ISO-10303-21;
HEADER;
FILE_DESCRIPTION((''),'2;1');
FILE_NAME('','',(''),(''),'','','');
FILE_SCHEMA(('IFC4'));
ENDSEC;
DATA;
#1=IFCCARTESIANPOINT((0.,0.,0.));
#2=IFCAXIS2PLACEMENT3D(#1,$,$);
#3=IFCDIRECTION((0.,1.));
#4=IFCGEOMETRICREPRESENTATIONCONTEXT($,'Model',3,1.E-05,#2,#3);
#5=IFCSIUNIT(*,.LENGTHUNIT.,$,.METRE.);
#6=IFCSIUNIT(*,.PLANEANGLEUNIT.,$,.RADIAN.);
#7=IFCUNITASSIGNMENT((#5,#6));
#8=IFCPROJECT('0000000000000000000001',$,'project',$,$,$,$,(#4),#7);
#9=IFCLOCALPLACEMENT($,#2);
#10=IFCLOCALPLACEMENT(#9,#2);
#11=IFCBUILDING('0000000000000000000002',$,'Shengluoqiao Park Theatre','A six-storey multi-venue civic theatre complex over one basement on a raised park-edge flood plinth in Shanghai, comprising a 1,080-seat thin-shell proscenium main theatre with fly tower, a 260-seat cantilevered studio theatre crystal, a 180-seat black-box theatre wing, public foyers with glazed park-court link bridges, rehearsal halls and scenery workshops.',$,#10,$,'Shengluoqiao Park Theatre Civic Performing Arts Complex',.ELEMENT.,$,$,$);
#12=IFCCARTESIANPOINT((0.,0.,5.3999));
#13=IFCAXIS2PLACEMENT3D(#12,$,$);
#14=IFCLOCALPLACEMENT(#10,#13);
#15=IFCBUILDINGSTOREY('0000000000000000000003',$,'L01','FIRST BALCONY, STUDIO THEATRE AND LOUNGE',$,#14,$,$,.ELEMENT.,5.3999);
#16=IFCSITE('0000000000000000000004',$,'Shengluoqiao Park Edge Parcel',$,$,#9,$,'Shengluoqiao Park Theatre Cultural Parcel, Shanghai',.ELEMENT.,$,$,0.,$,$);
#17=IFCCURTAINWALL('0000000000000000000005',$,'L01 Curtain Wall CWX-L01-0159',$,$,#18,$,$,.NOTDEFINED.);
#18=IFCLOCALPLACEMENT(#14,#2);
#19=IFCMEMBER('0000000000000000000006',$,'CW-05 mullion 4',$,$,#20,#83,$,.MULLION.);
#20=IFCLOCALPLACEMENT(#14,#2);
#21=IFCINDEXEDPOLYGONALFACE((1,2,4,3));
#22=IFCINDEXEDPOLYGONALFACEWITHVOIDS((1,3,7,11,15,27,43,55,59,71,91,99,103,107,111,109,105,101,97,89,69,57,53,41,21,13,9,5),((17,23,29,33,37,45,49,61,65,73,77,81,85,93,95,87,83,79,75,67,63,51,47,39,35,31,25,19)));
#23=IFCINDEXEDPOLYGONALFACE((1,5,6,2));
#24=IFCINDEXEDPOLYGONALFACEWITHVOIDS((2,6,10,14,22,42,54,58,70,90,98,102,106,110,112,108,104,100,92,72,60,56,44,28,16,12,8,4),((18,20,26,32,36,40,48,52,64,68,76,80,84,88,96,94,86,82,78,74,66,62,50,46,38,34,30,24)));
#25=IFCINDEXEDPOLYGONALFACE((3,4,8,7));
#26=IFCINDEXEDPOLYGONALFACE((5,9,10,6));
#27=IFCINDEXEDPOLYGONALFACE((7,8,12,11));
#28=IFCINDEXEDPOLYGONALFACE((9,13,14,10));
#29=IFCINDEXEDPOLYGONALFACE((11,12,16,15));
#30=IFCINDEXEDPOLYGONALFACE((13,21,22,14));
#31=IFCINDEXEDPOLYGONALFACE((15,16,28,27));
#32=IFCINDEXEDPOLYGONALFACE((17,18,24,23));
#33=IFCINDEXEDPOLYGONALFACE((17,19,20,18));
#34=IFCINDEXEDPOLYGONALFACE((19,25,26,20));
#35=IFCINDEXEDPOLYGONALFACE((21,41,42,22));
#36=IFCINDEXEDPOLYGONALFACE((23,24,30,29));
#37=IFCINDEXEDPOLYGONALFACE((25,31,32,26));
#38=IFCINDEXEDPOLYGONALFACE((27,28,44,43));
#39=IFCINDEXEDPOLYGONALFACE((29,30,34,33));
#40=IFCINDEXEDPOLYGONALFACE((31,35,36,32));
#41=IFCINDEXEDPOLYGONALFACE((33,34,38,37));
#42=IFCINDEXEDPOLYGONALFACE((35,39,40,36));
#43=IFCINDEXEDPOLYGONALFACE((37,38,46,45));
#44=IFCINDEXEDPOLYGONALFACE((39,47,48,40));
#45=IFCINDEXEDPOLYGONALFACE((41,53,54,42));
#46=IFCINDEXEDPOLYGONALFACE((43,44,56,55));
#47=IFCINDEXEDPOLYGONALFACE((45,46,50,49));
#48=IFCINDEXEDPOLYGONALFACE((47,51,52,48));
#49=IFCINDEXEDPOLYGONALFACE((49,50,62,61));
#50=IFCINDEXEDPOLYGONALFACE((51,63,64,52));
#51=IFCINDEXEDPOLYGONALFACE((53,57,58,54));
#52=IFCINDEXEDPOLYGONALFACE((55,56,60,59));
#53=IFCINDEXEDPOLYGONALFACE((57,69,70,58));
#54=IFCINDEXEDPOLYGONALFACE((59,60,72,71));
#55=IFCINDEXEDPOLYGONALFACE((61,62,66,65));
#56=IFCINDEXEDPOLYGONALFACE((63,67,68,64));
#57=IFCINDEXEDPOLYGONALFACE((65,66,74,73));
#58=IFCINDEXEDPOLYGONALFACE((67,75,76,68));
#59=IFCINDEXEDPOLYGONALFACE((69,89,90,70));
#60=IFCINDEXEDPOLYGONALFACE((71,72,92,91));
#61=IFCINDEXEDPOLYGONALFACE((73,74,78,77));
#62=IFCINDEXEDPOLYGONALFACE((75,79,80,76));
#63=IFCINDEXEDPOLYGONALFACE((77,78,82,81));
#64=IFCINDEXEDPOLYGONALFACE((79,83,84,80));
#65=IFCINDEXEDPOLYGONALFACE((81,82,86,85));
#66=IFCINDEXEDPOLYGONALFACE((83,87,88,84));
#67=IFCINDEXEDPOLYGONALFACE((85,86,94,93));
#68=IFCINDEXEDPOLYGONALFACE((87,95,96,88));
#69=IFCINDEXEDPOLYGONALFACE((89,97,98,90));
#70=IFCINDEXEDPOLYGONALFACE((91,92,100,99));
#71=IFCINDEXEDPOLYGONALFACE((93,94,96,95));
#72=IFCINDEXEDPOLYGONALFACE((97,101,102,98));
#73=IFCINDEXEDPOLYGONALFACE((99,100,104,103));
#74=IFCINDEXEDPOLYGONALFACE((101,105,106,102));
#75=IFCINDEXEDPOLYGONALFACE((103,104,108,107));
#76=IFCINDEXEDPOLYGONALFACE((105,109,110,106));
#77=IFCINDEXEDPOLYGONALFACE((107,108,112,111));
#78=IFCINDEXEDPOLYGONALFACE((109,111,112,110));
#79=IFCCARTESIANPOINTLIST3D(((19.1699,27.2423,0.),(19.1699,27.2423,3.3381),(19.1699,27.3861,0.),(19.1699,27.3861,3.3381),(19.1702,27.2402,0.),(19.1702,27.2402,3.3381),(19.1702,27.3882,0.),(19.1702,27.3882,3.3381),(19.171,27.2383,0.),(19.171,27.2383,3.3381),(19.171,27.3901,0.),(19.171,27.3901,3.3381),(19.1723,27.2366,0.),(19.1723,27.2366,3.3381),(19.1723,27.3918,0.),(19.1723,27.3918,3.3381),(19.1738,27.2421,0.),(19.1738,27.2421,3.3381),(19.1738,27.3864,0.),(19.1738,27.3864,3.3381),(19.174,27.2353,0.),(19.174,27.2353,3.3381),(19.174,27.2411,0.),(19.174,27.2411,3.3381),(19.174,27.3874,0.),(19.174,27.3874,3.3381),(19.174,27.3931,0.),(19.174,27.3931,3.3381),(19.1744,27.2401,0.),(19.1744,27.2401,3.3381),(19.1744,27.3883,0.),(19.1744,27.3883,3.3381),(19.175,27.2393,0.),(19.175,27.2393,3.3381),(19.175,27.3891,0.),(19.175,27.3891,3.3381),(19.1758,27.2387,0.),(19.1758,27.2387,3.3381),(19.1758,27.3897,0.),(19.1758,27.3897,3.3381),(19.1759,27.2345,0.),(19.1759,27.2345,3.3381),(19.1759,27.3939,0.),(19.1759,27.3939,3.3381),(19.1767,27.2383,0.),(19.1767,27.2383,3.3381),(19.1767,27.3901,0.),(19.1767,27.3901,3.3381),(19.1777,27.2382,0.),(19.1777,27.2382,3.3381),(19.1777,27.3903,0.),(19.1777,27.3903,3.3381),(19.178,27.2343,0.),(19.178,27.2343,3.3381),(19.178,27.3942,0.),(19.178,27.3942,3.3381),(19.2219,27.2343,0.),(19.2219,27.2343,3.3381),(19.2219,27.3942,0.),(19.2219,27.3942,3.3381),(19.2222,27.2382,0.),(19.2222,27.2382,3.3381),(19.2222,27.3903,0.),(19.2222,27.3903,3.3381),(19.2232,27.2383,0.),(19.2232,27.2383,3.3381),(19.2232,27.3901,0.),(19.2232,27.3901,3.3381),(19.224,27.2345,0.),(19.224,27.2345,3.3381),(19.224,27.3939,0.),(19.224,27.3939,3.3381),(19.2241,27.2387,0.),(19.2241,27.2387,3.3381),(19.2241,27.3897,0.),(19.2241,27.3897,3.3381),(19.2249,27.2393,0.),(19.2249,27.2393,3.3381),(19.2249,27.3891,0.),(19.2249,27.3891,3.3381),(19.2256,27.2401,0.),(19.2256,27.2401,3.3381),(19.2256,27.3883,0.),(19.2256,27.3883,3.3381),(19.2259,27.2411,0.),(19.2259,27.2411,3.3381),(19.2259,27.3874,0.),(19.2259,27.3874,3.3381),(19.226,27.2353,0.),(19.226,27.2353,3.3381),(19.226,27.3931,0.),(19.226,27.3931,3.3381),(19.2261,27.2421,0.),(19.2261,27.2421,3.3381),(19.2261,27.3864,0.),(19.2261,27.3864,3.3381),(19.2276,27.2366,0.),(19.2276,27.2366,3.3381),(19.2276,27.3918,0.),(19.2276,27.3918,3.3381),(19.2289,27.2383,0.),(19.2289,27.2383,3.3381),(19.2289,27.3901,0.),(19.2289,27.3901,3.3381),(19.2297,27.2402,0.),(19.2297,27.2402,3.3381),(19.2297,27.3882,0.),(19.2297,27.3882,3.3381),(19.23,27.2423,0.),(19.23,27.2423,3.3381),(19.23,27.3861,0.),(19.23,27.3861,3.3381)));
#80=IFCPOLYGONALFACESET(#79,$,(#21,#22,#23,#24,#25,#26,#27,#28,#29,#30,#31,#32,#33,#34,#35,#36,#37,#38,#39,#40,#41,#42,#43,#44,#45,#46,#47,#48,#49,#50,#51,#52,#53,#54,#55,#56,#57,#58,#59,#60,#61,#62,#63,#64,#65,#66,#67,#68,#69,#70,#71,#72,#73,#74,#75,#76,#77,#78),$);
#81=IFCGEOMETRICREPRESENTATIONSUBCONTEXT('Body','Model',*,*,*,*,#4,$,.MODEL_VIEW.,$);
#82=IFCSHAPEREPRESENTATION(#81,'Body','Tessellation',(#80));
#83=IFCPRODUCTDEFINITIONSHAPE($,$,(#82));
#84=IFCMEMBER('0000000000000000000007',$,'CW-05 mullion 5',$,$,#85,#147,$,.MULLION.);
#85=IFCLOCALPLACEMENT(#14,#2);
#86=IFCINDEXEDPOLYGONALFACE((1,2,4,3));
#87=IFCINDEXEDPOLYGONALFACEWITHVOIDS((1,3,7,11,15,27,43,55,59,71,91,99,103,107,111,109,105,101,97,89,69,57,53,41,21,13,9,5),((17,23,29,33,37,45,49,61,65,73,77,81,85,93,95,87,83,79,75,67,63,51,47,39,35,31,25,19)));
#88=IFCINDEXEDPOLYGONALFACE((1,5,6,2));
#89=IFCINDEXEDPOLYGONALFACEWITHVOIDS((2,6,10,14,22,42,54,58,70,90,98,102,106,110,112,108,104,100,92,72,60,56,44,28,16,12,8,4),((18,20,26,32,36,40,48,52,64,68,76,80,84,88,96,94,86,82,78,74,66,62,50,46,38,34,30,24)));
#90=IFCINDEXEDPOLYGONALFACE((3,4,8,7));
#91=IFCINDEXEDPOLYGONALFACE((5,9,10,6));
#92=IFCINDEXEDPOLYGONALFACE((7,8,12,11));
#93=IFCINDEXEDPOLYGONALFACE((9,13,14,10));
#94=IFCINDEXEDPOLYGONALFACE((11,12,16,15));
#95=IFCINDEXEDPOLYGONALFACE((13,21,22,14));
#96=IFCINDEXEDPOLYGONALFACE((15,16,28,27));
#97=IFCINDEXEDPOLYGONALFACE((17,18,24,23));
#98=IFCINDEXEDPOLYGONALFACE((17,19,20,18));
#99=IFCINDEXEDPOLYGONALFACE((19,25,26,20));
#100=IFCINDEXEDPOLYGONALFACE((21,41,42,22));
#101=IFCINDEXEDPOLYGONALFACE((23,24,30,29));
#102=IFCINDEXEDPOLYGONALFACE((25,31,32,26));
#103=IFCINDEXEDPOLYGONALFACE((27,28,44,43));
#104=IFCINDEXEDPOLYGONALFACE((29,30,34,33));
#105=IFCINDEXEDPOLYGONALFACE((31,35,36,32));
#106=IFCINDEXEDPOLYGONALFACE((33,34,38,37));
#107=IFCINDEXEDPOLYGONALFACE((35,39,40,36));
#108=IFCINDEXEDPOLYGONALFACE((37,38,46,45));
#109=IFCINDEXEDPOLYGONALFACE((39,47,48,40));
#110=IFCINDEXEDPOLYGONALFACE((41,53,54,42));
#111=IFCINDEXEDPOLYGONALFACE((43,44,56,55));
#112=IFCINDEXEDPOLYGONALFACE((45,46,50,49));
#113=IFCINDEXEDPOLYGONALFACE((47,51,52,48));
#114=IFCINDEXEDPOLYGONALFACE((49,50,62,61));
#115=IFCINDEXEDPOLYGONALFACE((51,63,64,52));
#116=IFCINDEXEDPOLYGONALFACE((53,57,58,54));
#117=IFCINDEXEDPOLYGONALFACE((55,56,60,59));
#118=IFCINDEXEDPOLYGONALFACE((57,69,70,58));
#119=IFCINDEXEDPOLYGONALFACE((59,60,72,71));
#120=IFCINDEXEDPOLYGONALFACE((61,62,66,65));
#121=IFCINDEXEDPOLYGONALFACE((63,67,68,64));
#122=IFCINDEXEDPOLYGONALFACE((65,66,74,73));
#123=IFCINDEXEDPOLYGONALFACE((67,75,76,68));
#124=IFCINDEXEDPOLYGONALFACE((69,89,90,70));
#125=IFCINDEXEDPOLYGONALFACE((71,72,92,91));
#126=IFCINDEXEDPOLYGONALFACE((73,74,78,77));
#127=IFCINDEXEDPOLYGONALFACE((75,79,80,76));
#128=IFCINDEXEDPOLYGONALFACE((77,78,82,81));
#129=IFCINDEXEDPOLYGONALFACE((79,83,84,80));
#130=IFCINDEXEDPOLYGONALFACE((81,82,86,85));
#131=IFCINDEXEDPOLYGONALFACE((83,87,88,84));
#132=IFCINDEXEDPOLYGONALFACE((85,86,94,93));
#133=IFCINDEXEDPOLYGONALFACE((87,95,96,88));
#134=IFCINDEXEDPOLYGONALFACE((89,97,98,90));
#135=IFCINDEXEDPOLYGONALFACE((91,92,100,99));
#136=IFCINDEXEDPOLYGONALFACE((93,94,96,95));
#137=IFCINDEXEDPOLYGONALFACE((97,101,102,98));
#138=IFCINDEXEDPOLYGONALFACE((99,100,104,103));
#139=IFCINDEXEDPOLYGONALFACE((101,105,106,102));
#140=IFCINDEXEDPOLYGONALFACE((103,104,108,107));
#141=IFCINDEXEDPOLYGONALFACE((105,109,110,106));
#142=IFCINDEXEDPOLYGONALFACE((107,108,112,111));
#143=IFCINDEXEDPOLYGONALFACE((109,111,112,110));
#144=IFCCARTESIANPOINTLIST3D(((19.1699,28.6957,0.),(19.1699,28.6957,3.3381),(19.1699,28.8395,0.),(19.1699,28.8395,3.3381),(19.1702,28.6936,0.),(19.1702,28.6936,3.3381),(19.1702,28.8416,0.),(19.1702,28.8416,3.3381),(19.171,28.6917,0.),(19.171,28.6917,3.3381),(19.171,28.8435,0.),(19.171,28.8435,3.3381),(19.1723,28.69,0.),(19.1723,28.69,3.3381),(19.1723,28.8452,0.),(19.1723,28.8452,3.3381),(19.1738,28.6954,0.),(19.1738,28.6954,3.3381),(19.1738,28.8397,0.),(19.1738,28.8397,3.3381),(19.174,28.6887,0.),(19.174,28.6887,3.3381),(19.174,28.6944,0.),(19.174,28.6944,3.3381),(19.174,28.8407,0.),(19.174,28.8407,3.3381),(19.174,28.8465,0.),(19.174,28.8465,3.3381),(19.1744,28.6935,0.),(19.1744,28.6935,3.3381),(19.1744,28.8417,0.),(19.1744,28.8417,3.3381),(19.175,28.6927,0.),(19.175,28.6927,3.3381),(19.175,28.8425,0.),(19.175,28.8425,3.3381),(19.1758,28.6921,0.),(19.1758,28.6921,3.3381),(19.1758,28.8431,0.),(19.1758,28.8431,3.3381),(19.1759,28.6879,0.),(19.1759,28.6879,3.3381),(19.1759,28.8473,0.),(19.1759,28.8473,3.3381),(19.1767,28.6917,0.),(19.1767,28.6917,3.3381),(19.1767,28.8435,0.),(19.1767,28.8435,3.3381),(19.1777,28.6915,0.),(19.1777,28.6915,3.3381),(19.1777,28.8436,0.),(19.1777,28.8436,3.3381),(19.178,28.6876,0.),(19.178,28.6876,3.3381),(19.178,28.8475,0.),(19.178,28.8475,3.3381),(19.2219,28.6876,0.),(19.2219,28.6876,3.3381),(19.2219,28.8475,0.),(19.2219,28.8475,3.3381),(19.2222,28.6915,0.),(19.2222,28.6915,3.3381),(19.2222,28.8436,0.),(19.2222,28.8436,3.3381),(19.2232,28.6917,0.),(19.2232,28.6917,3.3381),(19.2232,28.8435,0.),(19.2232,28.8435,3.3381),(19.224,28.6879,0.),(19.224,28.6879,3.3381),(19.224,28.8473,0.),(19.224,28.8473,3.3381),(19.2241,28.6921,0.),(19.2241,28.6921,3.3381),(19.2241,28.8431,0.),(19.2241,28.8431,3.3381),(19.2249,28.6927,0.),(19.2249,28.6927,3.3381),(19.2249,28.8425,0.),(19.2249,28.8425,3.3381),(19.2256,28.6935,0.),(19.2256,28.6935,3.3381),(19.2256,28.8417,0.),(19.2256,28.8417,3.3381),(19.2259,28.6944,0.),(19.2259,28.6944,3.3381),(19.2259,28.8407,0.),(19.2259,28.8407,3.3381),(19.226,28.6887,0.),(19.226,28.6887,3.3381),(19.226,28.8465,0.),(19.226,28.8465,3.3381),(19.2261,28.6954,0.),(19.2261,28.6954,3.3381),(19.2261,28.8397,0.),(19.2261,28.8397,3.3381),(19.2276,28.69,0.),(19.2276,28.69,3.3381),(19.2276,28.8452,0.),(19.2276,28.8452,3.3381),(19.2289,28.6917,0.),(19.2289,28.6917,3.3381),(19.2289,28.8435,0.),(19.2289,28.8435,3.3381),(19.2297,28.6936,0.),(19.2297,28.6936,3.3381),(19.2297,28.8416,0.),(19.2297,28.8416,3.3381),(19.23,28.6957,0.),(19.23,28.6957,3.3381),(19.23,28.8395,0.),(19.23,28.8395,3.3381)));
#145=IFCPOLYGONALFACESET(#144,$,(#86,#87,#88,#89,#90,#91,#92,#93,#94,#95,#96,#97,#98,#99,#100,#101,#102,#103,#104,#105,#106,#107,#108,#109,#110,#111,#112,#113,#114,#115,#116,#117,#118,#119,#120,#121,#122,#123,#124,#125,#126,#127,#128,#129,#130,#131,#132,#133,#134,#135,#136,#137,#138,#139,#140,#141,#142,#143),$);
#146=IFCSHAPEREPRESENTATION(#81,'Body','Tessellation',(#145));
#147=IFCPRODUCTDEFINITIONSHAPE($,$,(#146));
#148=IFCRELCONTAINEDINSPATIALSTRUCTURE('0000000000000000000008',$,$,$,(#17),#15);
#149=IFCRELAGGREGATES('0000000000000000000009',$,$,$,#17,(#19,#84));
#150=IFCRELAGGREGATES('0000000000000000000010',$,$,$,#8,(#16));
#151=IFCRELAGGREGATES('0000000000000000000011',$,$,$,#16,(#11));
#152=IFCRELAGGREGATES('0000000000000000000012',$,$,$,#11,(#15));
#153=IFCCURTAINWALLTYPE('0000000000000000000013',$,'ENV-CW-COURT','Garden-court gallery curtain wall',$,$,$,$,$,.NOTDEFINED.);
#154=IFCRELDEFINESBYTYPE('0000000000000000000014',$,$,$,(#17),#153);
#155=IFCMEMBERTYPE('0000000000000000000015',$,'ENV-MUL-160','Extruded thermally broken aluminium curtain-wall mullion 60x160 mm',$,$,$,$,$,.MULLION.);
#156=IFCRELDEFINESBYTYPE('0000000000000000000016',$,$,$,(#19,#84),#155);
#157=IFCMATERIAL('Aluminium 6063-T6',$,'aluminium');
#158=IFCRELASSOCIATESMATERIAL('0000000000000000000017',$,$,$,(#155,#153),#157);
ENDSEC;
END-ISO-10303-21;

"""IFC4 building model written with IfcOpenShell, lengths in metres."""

from ifc_helpers import new_model, si_unit, direction, frame, origin, origin_2d, place, context, subcontext, project, spatial, hollow_rectangle, extrude, material, material_profile, profile_set, type_object, element, aggregate, save


model = new_model("IFC4")

# Units and contexts
model_context = context("Model", 3, precision=1e-05, world=origin(), true_north=direction((0.0, 1.0)))
body_context = subcontext(model_context, "Body", "Model", "MODEL_VIEW")
ifc_project = project(units=[si_unit("LENGTHUNIT", "METRE"), si_unit("PLANEANGLEUNIT", "RADIAN")], contexts=[model_context])

# Site, building, storey
site_placement = place(None, origin())
site = spatial("IfcSite", under=ifc_project, at=site_placement, Name="Shengluoqiao Park Edge Parcel", LongName="Shengluoqiao Park Theatre Cultural Parcel, Shanghai", CompositionType="ELEMENT", RefElevation=0.0)
building_placement = place(site_placement, origin())
building = spatial("IfcBuilding", under=site, at=building_placement, Name="Shengluoqiao Park Theatre", Description="A six-storey multi-venue civic theatre complex over one basement on a raised park-edge flood plinth in Shanghai, comprising a 1,080-seat thin-shell proscenium main theatre with fly tower, a 260-seat cantilevered studio theatre crystal, a 180-seat black-box theatre wing, public foyers with glazed park-court link bridges, rehearsal halls and scenery workshops.", LongName="Shengluoqiao Park Theatre Civic Performing Arts Complex", CompositionType="ELEMENT")
storey_placement = place(building_placement, frame((0.0, 0.0, 5.3999)))
storey = spatial("IfcBuildingStorey", under=building, at=storey_placement, Name="L01", Description="FIRST BALCONY, STUDIO THEATRE AND LOUNGE", CompositionType="ELEMENT", Elevation=5.3999)

# Shared definitions
ifc_material_1 = material(Name="Aluminium 6063-T6", Category="aluminium")
ifc_material_profile_1 = material_profile(ifc_material_1, hollow_rectangle(XDim=0.0601, YDim=0.1599, WallThickness=0.0039, InnerFilletRadius=0.0039, OuterFilletRadius=0.0081, at=origin_2d()), Name="ALU MULLION 160x60x4")
ifc_profile_set_1 = profile_set([ifc_material_profile_1], Name="Aluminium 6063-T6")
member_type_1 = type_object("IfcMemberType", Name="ENV-MUL-160", Description="Extruded thermally broken aluminium curtain-wall mullion 60x160 mm", PredefinedType="MULLION", material=ifc_profile_set_1)

# Curtain wall, members
curtain_wall_type_1 = type_object("IfcCurtainWallType", Name="ENV-CW-COURT", Description="Garden-court gallery curtain wall", PredefinedType="NOTDEFINED", material=ifc_material_1)
curtain_wall_1_placement = place(storey_placement, origin())
curtain_wall_1 = element("IfcCurtainWall", 1, at=curtain_wall_1_placement, inside=storey, type_object=curtain_wall_type_1, Name="L01 Curtain Wall CWX-L01-0159", PredefinedType="NOTDEFINED")
member_1_placement = place(storey_placement, frame((19.2, 27.3142, 0.0), z_axis=(0.0, 0.0, 1.0), x_axis=(-1.0, 0.0, 0.0)))
member_1 = element("IfcMember", 2, at=member_1_placement, type_object=member_type_1, Name="CW-05 mullion 4", PredefinedType="MULLION", context=body_context, shape_type="SweptSolid", body=[
    extrude(hollow_rectangle(XDim=0.0601, YDim=0.1599, WallThickness=0.0039, InnerFilletRadius=0.0039, OuterFilletRadius=0.0081, at=origin_2d()), origin(), (0.0, 0.0, 1.0), 3.3381),
])
member_2_placement = place(storey_placement, frame((19.2, 28.7676, 0.0), z_axis=(0.0, 0.0, 1.0), x_axis=(-1.0, 0.0, 0.0)))
member_2 = element("IfcMember", 3, at=member_2_placement, type_object=member_type_1, Name="CW-05 mullion 5", PredefinedType="MULLION", context=body_context, shape_type="SweptSolid", body=[
    extrude(hollow_rectangle(XDim=0.0601, YDim=0.1599, WallThickness=0.0039, InnerFilletRadius=0.0039, OuterFilletRadius=0.0081, at=origin_2d()), origin(), (0.0, 0.0, 1.0), 3.3381),
])

aggregate(curtain_wall_1, [member_1, member_2])

save(model, "model.ifc")
